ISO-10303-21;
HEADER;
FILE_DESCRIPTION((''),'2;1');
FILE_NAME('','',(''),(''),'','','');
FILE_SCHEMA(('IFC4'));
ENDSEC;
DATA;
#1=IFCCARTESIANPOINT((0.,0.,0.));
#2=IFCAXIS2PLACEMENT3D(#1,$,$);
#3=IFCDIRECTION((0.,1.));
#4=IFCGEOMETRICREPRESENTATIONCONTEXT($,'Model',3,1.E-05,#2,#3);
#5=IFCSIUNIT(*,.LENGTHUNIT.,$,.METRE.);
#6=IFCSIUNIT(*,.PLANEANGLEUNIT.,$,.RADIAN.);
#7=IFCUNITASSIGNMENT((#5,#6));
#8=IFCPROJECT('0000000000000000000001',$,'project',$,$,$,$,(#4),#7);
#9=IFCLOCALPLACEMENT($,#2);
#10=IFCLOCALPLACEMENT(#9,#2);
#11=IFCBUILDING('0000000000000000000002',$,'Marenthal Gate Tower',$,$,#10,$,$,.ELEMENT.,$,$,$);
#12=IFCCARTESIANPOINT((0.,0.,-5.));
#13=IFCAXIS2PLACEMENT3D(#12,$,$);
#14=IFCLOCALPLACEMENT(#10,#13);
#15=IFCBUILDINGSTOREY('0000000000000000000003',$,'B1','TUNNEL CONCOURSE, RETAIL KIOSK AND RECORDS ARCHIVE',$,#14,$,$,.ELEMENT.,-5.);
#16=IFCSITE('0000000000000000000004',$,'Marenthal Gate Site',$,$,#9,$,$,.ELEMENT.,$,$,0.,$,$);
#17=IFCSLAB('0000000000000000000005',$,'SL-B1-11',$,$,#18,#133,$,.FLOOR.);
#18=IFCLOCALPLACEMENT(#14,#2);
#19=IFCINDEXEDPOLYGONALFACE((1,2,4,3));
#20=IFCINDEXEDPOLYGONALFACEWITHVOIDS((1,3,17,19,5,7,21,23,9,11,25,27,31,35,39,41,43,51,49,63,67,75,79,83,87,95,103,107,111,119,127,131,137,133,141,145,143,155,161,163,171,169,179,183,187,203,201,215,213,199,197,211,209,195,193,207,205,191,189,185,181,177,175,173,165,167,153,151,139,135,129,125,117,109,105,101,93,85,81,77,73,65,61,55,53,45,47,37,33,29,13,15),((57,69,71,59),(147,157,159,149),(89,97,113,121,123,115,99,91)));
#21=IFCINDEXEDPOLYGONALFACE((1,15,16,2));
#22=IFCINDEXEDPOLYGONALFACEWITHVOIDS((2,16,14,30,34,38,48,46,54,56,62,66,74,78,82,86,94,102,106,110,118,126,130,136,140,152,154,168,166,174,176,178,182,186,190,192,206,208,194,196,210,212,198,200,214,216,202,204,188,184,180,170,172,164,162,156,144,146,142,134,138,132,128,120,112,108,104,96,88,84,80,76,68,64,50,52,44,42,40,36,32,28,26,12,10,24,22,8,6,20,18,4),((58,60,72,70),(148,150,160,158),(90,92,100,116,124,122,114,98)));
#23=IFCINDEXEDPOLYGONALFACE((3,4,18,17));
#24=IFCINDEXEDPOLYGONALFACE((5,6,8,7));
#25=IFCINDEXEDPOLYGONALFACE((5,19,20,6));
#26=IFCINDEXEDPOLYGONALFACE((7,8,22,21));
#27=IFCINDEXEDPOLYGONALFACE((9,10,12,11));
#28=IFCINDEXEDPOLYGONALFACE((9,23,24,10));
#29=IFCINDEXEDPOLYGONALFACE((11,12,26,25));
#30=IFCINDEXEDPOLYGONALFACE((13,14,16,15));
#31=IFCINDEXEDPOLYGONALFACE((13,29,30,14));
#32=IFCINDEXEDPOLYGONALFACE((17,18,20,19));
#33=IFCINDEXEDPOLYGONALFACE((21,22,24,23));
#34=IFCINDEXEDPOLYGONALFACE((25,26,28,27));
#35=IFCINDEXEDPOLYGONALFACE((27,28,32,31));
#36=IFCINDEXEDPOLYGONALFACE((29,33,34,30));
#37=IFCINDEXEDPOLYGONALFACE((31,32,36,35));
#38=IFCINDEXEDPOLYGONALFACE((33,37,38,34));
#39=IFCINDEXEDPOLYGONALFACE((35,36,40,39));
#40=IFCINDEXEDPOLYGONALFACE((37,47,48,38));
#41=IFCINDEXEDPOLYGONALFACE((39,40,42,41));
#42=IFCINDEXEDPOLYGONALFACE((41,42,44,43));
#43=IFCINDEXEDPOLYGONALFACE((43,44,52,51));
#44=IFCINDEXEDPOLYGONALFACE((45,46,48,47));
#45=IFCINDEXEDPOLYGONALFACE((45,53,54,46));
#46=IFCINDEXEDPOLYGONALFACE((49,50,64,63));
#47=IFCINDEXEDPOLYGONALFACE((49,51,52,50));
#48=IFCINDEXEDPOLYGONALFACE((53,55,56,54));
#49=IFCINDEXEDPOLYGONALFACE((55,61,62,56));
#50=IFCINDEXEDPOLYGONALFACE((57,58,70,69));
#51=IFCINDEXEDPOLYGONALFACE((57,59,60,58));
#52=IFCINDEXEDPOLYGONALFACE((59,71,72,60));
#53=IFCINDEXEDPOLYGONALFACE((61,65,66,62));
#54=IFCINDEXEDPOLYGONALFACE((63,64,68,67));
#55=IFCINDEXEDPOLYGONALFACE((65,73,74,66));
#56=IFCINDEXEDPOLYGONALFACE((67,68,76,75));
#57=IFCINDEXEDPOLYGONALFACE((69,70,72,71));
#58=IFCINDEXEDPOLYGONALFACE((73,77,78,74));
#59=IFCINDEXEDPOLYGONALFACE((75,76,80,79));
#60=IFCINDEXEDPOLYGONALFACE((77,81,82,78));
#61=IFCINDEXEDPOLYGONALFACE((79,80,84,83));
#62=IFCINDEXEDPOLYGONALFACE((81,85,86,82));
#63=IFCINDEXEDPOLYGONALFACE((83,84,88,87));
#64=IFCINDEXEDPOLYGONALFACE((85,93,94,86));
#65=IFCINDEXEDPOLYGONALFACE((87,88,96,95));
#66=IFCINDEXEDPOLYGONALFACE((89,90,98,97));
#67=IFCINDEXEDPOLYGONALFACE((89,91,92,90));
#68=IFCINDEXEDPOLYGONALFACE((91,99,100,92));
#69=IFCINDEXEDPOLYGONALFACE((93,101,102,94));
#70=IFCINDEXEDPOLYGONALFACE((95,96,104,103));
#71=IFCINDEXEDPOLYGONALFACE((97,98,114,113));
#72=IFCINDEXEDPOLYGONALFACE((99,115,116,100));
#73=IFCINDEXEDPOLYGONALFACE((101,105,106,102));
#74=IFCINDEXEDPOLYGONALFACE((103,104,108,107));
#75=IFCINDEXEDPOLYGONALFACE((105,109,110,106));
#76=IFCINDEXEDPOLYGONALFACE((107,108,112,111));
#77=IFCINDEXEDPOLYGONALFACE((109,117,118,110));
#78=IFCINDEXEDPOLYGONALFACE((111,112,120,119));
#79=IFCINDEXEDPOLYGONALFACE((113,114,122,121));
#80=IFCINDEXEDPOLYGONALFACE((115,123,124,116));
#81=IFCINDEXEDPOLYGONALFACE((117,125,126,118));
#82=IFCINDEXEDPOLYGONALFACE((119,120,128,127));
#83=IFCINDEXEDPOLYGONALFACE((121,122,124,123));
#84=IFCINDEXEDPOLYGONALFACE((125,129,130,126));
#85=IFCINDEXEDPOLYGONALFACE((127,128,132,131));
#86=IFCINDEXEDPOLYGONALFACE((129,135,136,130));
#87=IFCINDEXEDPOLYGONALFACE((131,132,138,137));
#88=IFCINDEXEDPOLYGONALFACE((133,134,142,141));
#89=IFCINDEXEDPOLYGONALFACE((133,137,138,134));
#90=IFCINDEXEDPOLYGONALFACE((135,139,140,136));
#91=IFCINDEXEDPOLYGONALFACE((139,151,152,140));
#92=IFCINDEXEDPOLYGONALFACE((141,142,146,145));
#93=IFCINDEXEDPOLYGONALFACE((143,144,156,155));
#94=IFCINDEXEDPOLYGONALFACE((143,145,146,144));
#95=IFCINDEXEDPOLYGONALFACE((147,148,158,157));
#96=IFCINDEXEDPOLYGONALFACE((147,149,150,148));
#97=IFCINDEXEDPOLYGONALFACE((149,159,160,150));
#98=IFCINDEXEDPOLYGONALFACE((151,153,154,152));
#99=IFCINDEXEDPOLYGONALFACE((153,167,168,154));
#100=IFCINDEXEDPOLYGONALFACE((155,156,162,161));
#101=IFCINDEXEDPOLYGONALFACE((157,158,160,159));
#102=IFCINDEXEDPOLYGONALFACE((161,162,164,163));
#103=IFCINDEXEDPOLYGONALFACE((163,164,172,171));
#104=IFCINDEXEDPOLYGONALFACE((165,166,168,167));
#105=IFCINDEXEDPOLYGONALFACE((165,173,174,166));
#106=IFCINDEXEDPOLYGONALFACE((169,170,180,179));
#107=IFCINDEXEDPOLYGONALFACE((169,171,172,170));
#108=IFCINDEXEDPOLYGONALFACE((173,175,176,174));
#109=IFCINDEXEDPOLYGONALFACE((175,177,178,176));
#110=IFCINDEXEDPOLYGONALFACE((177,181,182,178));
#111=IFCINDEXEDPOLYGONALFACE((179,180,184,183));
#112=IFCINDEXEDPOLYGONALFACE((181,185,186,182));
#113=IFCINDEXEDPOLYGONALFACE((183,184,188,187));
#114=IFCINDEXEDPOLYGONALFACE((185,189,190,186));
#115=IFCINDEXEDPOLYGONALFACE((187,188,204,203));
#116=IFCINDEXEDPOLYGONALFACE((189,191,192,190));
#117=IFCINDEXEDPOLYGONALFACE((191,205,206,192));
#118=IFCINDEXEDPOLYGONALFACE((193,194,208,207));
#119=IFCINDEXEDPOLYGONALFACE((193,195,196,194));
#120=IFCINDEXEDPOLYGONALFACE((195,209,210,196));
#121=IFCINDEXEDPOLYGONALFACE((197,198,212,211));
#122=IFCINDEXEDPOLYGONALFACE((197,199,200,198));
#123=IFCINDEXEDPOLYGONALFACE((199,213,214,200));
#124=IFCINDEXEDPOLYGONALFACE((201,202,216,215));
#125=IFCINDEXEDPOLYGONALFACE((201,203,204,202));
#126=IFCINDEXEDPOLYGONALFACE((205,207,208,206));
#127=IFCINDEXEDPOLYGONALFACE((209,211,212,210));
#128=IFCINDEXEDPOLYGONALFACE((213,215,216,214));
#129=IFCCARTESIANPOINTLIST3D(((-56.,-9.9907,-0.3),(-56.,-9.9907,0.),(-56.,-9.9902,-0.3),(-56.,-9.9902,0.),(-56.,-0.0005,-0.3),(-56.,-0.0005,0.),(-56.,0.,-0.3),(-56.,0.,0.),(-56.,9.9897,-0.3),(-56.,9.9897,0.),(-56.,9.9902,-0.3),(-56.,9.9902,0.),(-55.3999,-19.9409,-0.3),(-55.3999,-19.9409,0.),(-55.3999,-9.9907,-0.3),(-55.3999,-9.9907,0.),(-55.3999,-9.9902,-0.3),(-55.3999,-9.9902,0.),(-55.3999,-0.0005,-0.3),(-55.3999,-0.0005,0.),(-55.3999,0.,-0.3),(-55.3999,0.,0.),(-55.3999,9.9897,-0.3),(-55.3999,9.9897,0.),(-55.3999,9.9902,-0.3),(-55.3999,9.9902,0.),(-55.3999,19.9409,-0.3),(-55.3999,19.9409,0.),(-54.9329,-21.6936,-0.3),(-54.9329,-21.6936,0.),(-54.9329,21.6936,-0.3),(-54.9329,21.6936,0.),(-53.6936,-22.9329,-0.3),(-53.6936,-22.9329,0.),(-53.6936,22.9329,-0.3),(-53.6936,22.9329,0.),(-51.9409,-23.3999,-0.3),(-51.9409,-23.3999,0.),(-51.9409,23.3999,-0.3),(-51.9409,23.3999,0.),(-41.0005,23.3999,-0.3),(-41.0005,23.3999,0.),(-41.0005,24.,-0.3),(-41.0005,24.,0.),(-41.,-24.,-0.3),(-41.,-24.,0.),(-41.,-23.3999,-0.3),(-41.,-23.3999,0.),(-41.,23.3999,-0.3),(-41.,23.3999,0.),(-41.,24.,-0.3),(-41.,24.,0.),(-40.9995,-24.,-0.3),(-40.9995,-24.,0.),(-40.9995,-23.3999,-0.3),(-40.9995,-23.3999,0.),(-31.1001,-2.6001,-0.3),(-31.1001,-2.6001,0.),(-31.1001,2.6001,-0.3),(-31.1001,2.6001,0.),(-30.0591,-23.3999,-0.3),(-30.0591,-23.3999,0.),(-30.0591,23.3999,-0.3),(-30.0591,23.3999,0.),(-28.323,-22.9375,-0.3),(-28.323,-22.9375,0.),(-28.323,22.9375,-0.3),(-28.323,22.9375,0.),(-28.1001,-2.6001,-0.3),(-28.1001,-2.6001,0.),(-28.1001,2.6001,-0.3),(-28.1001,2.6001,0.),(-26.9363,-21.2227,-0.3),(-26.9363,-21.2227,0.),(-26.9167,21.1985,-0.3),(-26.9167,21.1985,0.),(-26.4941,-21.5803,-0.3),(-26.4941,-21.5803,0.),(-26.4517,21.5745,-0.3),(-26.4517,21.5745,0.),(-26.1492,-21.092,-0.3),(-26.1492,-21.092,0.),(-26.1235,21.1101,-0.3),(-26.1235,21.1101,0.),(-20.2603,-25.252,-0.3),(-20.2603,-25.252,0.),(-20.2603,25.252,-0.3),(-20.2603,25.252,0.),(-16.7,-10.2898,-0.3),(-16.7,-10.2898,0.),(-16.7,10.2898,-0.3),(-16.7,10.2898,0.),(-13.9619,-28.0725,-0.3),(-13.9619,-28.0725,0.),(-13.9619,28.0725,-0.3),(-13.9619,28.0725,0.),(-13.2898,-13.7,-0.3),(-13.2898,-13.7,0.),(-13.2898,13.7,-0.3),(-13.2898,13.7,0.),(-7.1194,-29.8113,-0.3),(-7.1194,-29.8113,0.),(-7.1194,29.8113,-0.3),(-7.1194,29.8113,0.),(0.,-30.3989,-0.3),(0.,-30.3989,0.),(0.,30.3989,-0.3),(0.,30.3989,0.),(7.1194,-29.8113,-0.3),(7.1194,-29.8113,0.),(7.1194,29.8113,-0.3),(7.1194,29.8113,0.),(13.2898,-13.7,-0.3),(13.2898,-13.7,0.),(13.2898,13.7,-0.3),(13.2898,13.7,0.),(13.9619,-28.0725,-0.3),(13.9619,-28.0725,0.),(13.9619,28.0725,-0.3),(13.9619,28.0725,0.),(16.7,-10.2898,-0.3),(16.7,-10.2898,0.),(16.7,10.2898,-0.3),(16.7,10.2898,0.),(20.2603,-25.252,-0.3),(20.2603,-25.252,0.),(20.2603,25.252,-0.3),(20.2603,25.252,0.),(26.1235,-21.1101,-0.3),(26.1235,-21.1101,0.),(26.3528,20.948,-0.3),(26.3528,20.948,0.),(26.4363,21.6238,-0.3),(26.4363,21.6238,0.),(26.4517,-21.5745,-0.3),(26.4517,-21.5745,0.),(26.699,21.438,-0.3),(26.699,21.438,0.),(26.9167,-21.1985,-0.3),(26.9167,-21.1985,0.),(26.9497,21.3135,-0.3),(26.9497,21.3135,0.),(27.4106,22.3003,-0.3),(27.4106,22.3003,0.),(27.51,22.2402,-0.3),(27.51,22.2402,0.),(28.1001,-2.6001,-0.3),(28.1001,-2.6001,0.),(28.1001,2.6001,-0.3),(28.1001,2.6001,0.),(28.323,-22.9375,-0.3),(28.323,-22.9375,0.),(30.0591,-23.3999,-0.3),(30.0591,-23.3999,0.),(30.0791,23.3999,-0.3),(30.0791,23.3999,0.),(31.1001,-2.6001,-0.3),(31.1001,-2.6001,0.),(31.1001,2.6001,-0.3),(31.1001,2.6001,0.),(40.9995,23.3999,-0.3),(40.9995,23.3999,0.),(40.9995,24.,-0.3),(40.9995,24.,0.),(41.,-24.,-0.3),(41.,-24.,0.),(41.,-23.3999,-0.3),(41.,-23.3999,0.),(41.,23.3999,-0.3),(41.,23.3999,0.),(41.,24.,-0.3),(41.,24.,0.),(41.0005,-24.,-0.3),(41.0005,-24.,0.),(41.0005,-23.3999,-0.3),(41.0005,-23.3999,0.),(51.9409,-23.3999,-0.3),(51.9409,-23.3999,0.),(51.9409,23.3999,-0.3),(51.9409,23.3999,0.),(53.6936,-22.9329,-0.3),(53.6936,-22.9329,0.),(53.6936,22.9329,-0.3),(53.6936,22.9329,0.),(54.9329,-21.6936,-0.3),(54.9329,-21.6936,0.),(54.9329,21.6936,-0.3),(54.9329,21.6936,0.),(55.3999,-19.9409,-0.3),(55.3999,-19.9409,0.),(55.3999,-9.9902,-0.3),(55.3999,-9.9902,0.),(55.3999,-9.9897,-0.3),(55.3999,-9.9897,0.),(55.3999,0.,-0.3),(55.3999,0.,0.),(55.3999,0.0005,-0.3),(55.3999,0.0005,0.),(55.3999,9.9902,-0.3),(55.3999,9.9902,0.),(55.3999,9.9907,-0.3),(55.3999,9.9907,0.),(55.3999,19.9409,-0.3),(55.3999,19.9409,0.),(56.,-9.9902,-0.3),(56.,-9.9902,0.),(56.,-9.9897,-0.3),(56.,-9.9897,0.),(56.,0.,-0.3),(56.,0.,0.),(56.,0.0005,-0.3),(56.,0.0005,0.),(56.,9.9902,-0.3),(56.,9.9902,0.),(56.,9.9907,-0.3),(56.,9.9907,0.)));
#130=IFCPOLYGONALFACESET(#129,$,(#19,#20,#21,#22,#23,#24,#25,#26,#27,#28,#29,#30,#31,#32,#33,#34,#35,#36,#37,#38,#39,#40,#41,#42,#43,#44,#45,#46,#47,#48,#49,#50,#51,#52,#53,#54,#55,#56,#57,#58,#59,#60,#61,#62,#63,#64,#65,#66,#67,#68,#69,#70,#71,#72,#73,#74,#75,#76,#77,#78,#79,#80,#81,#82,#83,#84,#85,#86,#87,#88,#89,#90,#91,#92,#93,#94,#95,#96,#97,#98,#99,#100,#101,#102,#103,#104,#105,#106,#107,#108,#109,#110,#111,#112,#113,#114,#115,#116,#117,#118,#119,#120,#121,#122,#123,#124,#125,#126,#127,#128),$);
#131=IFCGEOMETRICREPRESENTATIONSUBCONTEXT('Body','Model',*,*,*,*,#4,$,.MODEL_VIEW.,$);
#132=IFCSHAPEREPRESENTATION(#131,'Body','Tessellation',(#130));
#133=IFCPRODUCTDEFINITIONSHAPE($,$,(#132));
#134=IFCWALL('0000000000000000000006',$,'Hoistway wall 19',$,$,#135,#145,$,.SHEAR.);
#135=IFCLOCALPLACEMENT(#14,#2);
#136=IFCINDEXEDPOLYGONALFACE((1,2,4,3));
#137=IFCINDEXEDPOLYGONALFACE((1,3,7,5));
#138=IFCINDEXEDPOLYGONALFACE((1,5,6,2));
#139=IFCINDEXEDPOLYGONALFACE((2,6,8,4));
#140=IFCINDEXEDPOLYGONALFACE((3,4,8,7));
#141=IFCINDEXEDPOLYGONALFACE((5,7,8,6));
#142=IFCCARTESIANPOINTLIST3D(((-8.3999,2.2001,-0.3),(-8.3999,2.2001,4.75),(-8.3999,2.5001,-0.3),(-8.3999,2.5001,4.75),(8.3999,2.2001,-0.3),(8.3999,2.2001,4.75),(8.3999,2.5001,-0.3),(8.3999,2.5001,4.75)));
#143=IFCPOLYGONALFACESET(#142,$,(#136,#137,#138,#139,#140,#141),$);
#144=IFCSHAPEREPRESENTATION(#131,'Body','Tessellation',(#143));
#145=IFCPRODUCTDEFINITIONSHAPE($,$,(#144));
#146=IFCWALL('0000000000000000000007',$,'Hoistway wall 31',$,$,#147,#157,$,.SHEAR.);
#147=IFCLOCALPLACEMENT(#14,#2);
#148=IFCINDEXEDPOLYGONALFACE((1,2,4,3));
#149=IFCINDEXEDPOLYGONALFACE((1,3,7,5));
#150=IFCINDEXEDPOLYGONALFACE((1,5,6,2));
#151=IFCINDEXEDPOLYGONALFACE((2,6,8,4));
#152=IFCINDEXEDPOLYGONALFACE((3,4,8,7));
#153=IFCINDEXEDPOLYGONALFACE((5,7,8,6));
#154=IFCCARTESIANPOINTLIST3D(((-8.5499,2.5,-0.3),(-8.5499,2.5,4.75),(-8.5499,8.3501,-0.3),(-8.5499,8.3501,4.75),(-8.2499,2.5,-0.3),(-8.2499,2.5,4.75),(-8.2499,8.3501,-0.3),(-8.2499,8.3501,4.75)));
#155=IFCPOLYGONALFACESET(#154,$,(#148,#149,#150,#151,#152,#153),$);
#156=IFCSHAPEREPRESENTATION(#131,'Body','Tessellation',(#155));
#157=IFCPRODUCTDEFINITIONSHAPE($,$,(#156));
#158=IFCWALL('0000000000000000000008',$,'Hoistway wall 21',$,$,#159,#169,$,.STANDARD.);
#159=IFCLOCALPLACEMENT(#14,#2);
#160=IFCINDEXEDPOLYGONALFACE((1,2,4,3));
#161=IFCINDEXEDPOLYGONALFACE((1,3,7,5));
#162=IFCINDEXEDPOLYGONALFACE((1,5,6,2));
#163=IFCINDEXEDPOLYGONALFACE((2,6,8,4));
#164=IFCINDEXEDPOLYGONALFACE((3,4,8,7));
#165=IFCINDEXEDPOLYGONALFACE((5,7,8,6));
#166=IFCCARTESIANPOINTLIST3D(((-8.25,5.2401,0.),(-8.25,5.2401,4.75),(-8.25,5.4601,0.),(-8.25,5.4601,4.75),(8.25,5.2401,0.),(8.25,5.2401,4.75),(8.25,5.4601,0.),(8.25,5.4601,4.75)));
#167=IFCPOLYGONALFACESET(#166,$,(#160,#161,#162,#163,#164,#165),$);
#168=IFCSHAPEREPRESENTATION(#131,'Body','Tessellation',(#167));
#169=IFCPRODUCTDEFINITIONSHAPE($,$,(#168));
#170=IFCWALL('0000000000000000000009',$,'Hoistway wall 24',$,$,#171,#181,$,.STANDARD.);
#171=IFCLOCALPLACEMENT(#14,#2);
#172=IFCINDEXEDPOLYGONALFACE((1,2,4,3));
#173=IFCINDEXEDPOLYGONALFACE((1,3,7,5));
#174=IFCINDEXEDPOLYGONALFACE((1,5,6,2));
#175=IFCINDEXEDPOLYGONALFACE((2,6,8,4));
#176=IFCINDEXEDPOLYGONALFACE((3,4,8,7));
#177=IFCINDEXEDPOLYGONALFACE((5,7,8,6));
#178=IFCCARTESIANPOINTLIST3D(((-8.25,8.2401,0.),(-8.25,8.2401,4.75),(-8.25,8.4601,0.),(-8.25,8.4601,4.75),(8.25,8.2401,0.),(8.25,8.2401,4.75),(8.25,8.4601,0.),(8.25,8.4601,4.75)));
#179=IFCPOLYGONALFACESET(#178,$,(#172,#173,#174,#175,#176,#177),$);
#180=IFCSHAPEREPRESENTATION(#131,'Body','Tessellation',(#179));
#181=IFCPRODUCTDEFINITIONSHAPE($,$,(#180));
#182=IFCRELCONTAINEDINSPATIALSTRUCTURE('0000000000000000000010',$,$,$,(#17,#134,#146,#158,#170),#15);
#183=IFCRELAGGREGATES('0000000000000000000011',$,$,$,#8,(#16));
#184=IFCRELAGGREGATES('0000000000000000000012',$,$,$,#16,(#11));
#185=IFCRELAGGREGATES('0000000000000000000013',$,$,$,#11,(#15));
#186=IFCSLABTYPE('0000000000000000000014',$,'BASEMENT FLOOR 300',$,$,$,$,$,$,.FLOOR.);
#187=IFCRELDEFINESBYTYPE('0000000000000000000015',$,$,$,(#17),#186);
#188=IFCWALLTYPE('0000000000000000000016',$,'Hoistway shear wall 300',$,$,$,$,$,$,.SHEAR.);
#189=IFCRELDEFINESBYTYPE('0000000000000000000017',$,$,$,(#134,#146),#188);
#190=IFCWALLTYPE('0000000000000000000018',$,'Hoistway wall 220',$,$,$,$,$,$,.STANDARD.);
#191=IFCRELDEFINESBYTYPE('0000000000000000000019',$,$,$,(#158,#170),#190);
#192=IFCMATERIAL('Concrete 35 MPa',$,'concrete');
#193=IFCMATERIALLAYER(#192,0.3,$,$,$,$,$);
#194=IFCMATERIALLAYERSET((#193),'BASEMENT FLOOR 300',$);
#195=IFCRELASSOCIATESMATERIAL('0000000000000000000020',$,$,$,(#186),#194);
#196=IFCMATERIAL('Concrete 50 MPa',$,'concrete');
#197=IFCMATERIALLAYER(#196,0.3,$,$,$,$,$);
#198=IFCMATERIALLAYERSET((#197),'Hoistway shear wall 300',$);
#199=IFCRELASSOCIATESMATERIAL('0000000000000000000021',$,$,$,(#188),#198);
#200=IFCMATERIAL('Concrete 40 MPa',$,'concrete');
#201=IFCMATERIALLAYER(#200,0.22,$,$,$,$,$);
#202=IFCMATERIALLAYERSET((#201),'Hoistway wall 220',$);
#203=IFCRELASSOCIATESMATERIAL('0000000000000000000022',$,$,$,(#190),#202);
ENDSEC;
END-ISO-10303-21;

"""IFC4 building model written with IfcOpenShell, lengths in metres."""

from ifc_helpers import new_model, si_unit, direction, frame, frame_2d, origin, place, context, subcontext, project, spatial, polyline, rectangle, outline, extrude, material, layer, layer_set, type_object, element, save


model = new_model("IFC4")

# Units and contexts
model_context = context("Model", 3, precision=1e-05, world=origin(), true_north=direction((0.0, 1.0)))
body_context = subcontext(model_context, "Body", "Model", "MODEL_VIEW")
ifc_project = project(units=[si_unit("LENGTHUNIT", "METRE"), si_unit("PLANEANGLEUNIT", "RADIAN")], contexts=[model_context])

# Site, building, storey
site_placement = place(None, origin())
site = spatial("IfcSite", under=ifc_project, at=site_placement, Name="Marenthal Gate Site", CompositionType="ELEMENT", RefElevation=0.0)
building_placement = place(site_placement, origin())
building = spatial("IfcBuilding", under=site, at=building_placement, Name="Marenthal Gate Tower", CompositionType="ELEMENT")
storey_placement = place(building_placement, frame((0.0, 0.0, -5.0)))
storey = spatial("IfcBuildingStorey", under=building, at=storey_placement, Name="B1", Description="TUNNEL CONCOURSE, RETAIL KIOSK AND RECORDS ARCHIVE", CompositionType="ELEMENT", Elevation=-5.0)

# Slab
ifc_material_1 = material(Name="Concrete 35 MPa", Category="concrete")
ifc_layer_1 = layer(ifc_material_1, 0.3)
ifc_layer_set_1 = layer_set([ifc_layer_1], Name="BASEMENT FLOOR 300")
slab_type = type_object("IfcSlabType", Name="BASEMENT FLOOR 300", PredefinedType="FLOOR", material=ifc_layer_set_1)
slab_placement = place(storey_placement, frame((0.0, 0.0, -0.3)))
element("IfcSlab", 1, at=slab_placement, inside=storey, type_object=slab_type, Name="SL-B1-11", PredefinedType="FLOOR", context=body_context, shape_type="SweptSolid", body=[
    extrude(outline(polyline([(30.0591, -23.3999), (28.323, -22.9375), (28.323, -22.9375), (26.9167, -21.1985), (26.4517, -21.5745), (26.1235, -21.1101), (20.2603, -25.252), (13.9619, -28.0725), (7.1194, -29.8113), (7.1194, -29.8113), (0.0, -30.3989), (-7.1194, -29.8113), (-13.9619, -28.0725), (-13.9619, -28.0725), (-20.2603, -25.252), (-26.1492, -21.092), (-26.4941, -21.5803), (-26.9363, -21.2227), (-28.323, -22.9375), (-30.0591, -23.3999), (-40.9995, -23.3999), (-40.9995, -24.0), (-41.0, -24.0), (-41.0, -23.3999), (-51.9409, -23.3999), (-53.6936, -22.9329), (-54.9329, -21.6936), (-55.3999, -19.9409), (-55.3999, -9.9907), (-56.0, -9.9907), (-56.0, -9.9902), (-55.3999, -9.9902), (-55.3999, -0.0005), (-56.0, -0.0005), (-56.0, 0.0), (-55.3999, 0.0), (-55.3999, 9.9897), (-56.0, 9.9897), (-56.0, 9.9902), (-55.3999, 9.9902), (-55.3999, 19.9409), (-54.9329, 21.6936), (-54.9329, 21.6936), (-53.6936, 22.9329), (-51.9409, 23.3999), (-51.9409, 23.3999), (-41.0005, 23.3999), (-41.0005, 24.0), (-41.0, 24.0), (-41.0, 23.3999), (-30.0591, 23.3999), (-28.323, 22.9375), (-28.323, 22.9375), (-26.9167, 21.1985), (-26.4517, 21.5745), (-26.1235, 21.1101), (-20.2603, 25.252), (-13.9619, 28.0725), (-7.1194, 29.8113), (-7.1194, 29.8113), (0.0, 30.3989), (7.1194, 29.8113), (13.9619, 28.0725), (13.9619, 28.0725), (20.2603, 25.252), (26.3528, 20.948), (26.699, 21.438), (26.4363, 21.6238), (26.9497, 21.3135), (27.51, 22.2402), (27.4106, 22.3003), (30.0791, 23.3999), (40.9995, 23.3999), (40.9995, 24.0), (41.0, 24.0), (41.0, 23.3999), (51.9409, 23.3999), (53.6936, 22.9329), (54.9329, 21.6936), (55.3999, 19.9409), (55.3999, 9.9907), (56.0, 9.9907), (56.0, 9.9902), (55.3999, 9.9902), (55.3999, 0.0005), (56.0, 0.0005), (56.0, 0.0), (55.3999, 0.0), (55.3999, -9.9897), (56.0, -9.9897), (56.0, -9.9902), (55.3999, -9.9902), (55.3999, -19.9409), (54.9329, -21.6936), (54.9329, -21.6936), (53.6936, -22.9329), (51.9409, -23.3999), (51.9409, -23.3999), (41.0005, -23.3999), (41.0005, -24.0), (41.0, -24.0), (41.0, -23.3999), (30.0591, -23.3999)]), holes=[polyline([(16.7, 10.2898), (13.2898, 13.7), (-13.2898, 13.7), (-16.7, 10.2898), (-16.7, -10.2898), (-13.2898, -13.7), (13.2898, -13.7), (16.7, -10.2898), (16.7, 10.2898)]), polyline([(-28.1001, -2.6001), (-28.1001, 2.6001), (-31.1001, 2.6001), (-31.1001, -2.6001), (-28.1001, -2.6001)]), polyline([(31.1001, -2.6001), (31.1001, 2.6001), (28.1001, 2.6001), (28.1001, -2.6001), (31.1001, -2.6001)])]), origin(), (0.0, 0.0, 1.0), 0.3),
])

# Walls
ifc_material_2 = material(Name="Concrete 50 MPa", Category="concrete")
ifc_layer_2 = layer(ifc_material_2, 0.3)
ifc_layer_set_2 = layer_set([ifc_layer_2], Name="Hoistway shear wall 300")
wall_type_1 = type_object("IfcWallType", Name="Hoistway shear wall 300", PredefinedType="SHEAR", material=ifc_layer_set_2)
wall_1_placement = place(storey_placement, frame((-8.3999, 2.3501, -0.3), z_axis=(0.0, 0.0, 1.0), x_axis=(1.0, 0.0, 0.0)))
element("IfcWall", 2, at=wall_1_placement, inside=storey, type_object=wall_type_1, Name="Hoistway wall 19", PredefinedType="SHEAR", context=body_context, shape_type="SweptSolid", body=[
    extrude(rectangle(XDim=16.7998, YDim=0.3, at=frame_2d((8.3999, 0.0))), origin(), (0.0, 0.0, 1.0), 5.05),
])
wall_2_placement = place(storey_placement, frame((-8.3999, 2.5, -0.3), z_axis=(0.0, 0.0, 1.0), x_axis=(0.0, 1.0, 0.0)))
element("IfcWall", 3, at=wall_2_placement, inside=storey, type_object=wall_type_1, Name="Hoistway wall 31", PredefinedType="SHEAR", context=body_context, shape_type="SweptSolid", body=[
    extrude(rectangle(XDim=5.8501, YDim=0.3, at=frame_2d((2.925, 0.0))), origin(), (0.0, 0.0, 1.0), 5.05),
])
ifc_material_3 = material(Name="Concrete 40 MPa", Category="concrete")
ifc_layer_3 = layer(ifc_material_3, 0.22)
ifc_layer_set_3 = layer_set([ifc_layer_3], Name="Hoistway wall 220")
wall_type_2 = type_object("IfcWallType", Name="Hoistway wall 220", PredefinedType="STANDARD", material=ifc_layer_set_3)
for number, where, z_axis, x_axis, name in (
    (4, (-8.25, 5.3501, 0.0), (0.0, 0.0, 1.0), (1.0, 0.0, 0.0), "Hoistway wall 21"),
    (5, (-8.25, 8.3501, 0.0), (0.0, 0.0, 1.0), (1.0, 0.0, 0.0), "Hoistway wall 24"),
):
    element("IfcWall", number, at=place(storey_placement, frame(where, z_axis=z_axis, x_axis=x_axis)), inside=storey, type_object=wall_type_2, Name=name, PredefinedType="STANDARD", context=body_context, shape_type="SweptSolid", body=[
        extrude(rectangle(XDim=16.5, YDim=0.22, at=frame_2d((8.25, 0.0))), origin(), (0.0, 0.0, 1.0), 4.75),
    ])

save(model, "model.ifc")
